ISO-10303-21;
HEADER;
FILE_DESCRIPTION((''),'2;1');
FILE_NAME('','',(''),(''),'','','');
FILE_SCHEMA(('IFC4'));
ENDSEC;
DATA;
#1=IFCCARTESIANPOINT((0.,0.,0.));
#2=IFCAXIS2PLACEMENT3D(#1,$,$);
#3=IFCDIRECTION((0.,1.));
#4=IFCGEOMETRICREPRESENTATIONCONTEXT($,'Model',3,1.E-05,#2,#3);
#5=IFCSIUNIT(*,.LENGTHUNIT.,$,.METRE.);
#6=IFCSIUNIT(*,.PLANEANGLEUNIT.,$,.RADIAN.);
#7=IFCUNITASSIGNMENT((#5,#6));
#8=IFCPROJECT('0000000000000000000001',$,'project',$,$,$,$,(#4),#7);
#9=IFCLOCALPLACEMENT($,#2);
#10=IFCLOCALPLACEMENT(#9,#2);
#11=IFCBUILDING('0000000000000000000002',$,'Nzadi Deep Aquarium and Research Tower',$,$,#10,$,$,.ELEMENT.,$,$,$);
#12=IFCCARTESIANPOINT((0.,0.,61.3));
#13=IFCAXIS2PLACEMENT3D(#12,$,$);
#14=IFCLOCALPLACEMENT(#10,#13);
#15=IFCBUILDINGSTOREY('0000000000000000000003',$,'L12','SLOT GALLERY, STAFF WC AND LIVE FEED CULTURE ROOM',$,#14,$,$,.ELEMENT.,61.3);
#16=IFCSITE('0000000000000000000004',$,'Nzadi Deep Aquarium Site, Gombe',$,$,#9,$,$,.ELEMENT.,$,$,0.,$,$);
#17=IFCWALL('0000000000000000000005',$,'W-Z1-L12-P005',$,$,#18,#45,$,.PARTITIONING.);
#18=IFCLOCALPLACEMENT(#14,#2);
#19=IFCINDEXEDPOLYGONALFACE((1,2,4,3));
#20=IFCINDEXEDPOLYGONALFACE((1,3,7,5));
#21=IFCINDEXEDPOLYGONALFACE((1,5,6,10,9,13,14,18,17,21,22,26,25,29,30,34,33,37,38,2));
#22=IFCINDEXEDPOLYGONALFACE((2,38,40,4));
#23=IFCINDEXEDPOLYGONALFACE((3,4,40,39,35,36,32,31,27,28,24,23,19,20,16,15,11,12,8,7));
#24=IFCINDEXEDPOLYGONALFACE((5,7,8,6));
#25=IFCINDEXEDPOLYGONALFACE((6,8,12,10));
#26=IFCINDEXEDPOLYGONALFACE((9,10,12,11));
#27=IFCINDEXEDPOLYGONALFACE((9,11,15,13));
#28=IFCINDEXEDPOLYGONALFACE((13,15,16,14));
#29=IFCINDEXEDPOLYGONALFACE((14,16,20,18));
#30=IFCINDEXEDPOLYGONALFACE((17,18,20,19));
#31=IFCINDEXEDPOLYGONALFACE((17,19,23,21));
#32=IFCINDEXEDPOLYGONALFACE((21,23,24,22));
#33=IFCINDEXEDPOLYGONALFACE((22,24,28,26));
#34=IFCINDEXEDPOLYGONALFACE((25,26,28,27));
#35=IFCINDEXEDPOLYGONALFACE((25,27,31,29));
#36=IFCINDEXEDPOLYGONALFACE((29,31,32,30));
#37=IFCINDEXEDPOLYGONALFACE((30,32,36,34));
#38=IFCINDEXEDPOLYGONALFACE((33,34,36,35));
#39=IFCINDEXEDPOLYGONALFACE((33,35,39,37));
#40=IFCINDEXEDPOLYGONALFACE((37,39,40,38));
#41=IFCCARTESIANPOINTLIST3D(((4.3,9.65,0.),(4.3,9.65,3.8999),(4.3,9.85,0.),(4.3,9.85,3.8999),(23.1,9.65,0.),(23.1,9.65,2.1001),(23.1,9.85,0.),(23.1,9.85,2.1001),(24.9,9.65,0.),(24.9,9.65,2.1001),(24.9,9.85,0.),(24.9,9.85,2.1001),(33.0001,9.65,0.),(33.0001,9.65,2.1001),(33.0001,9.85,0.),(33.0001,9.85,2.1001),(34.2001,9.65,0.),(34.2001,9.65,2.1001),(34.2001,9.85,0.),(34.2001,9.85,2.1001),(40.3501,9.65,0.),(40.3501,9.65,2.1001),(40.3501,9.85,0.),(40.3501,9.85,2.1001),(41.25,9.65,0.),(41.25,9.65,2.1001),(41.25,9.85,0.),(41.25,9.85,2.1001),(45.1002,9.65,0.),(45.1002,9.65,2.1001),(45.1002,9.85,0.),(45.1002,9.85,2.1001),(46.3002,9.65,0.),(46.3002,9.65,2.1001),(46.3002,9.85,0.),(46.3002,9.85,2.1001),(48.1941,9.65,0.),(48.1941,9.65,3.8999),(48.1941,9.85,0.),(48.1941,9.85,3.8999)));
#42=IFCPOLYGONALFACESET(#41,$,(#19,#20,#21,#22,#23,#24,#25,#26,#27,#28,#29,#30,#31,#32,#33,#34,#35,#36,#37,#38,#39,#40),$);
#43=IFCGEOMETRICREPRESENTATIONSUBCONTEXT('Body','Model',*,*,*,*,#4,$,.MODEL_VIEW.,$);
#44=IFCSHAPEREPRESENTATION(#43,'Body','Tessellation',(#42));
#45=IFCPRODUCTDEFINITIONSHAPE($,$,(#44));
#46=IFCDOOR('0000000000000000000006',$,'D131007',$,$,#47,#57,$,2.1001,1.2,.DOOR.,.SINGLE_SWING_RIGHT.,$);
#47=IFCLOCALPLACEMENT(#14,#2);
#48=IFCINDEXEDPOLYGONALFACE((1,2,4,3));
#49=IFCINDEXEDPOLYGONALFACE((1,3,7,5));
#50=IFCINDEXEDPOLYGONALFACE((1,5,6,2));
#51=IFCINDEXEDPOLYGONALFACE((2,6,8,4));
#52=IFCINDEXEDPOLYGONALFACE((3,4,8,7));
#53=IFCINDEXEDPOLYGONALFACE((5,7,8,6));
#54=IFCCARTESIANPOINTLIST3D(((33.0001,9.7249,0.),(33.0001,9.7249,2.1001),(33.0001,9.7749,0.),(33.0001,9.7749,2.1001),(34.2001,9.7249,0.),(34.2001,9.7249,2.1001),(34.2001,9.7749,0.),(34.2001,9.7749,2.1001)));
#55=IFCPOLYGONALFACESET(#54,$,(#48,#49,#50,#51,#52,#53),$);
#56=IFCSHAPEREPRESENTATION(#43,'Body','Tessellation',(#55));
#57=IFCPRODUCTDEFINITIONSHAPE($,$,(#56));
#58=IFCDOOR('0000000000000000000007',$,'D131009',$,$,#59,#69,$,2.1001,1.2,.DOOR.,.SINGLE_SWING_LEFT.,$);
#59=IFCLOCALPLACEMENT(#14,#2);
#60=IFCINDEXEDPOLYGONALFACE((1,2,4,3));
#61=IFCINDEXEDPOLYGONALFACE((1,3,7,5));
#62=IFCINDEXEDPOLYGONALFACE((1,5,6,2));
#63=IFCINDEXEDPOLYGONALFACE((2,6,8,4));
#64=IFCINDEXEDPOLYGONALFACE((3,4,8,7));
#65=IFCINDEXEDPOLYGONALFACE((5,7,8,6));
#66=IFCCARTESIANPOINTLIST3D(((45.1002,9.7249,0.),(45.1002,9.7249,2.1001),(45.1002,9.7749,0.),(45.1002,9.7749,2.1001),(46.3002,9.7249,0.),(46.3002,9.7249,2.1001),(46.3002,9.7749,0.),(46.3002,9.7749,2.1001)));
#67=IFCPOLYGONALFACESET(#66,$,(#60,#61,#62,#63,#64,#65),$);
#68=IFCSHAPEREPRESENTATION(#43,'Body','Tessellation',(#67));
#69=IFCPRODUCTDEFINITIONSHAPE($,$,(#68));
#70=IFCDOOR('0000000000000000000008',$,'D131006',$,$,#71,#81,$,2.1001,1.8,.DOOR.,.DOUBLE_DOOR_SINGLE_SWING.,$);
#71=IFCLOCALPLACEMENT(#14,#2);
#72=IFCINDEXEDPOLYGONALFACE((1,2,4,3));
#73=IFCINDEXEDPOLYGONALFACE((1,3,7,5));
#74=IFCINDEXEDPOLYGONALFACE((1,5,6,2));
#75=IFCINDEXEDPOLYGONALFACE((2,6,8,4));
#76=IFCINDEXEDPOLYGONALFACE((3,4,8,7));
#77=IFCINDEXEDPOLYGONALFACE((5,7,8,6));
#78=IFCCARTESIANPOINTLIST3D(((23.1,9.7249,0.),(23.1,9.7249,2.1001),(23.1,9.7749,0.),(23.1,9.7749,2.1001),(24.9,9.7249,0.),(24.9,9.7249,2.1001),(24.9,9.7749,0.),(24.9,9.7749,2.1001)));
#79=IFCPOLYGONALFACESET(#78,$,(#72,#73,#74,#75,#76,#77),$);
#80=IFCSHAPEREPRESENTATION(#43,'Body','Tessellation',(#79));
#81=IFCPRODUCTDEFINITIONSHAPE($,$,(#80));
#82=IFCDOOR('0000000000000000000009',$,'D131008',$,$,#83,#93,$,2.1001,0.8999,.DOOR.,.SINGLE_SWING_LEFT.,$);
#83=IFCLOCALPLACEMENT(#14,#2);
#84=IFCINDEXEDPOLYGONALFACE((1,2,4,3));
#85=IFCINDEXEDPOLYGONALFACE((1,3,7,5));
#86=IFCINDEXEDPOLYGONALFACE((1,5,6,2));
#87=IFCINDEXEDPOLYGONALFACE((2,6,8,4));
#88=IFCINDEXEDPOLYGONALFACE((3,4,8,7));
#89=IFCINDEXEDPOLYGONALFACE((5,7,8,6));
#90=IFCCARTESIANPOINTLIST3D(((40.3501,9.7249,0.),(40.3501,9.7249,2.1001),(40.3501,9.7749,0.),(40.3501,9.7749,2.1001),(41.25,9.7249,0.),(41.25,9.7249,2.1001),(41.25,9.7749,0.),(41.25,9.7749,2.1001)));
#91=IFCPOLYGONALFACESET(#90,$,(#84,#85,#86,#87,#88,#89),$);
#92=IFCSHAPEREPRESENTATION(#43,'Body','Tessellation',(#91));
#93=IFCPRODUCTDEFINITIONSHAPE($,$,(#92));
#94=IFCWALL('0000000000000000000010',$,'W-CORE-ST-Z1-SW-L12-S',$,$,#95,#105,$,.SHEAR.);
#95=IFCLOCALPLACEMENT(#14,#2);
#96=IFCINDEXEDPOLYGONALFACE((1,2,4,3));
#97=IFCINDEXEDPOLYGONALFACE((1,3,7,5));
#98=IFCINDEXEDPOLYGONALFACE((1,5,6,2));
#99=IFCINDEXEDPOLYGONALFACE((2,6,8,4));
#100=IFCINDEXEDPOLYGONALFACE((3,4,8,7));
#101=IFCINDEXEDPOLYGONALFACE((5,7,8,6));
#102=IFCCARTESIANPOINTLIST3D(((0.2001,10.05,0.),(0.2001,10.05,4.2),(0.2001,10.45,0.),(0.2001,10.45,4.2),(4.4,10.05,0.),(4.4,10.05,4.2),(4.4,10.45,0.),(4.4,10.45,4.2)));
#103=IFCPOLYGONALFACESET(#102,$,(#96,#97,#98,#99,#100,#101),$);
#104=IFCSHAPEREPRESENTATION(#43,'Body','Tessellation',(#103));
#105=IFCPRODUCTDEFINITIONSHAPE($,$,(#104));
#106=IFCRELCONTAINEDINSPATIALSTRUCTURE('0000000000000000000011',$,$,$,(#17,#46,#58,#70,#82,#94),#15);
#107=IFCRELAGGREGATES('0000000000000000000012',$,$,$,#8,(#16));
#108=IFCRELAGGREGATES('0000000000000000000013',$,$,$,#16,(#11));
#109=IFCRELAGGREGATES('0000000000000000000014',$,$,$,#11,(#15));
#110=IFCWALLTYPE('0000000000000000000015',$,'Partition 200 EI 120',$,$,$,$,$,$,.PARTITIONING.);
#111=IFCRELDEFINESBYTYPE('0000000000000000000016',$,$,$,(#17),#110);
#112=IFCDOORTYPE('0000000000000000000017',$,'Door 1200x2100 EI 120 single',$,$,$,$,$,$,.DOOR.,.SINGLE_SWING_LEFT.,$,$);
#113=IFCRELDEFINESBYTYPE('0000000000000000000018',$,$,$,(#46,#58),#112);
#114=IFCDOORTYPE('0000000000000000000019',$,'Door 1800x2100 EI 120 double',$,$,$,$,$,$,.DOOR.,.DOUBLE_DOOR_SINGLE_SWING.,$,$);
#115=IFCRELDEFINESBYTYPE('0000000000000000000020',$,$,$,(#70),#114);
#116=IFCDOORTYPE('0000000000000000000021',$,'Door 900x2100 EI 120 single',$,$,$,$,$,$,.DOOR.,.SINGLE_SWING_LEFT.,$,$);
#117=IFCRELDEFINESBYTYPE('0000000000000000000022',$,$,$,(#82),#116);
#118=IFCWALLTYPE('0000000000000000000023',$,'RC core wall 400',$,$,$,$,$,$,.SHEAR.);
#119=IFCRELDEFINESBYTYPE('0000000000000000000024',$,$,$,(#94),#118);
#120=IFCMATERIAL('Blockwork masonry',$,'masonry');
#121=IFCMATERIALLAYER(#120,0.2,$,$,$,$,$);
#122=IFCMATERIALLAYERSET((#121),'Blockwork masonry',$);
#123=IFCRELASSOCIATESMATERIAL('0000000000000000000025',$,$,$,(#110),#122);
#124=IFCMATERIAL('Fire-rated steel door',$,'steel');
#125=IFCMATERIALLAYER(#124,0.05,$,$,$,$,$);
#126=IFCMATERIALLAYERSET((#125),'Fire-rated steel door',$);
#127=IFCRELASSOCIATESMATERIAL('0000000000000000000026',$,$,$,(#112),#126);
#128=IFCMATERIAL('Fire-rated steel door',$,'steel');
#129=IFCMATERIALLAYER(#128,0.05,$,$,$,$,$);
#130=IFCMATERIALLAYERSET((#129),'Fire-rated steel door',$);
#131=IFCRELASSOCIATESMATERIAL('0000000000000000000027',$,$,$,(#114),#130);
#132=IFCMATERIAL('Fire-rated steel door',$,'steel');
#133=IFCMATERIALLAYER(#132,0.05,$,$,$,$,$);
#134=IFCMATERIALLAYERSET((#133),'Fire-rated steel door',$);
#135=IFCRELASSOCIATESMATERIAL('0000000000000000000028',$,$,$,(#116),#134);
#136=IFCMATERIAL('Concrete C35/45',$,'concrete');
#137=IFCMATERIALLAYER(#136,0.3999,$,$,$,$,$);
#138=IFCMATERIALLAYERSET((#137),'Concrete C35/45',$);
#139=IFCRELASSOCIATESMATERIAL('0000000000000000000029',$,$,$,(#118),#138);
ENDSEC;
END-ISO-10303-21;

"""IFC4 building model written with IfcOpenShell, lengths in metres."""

from ifc_helpers import new_model, si_unit, direction, frame, frame_2d, origin, place, context, subcontext, project, spatial, rectangle, extrude, material, layer, layer_set, type_object, element, fill, save


model = new_model("IFC4")

# Units and contexts
model_context = context("Model", 3, precision=1e-05, world=origin(), true_north=direction((0.0, 1.0)))
body_context = subcontext(model_context, "Body", "Model", "MODEL_VIEW")
ifc_project = project(units=[si_unit("LENGTHUNIT", "METRE"), si_unit("PLANEANGLEUNIT", "RADIAN")], contexts=[model_context])

# Site, building, storey
site_placement = place(None, origin())
site = spatial("IfcSite", under=ifc_project, at=site_placement, Name="Nzadi Deep Aquarium Site, Gombe", CompositionType="ELEMENT", RefElevation=0.0)
building_placement = place(site_placement, origin())
building = spatial("IfcBuilding", under=site, at=building_placement, Name="Nzadi Deep Aquarium and Research Tower", CompositionType="ELEMENT")
storey_placement = place(building_placement, frame((0.0, 0.0, 61.3)))
storey = spatial("IfcBuildingStorey", under=building, at=storey_placement, Name="L12", Description="SLOT GALLERY, STAFF WC AND LIVE FEED CULTURE ROOM", CompositionType="ELEMENT", Elevation=61.3)

# Wall, openings, doors
ifc_material_1 = material(Name="Blockwork masonry", Category="masonry")
ifc_layer_1 = layer(ifc_material_1, 0.2)
ifc_layer_set_1 = layer_set([ifc_layer_1], Name="Blockwork masonry")
wall_type_1 = type_object("IfcWallType", Name="Partition 200 EI 120", PredefinedType="PARTITIONING", material=ifc_layer_set_1)
wall_1_placement = place(storey_placement, frame((4.3, 9.75, 0.0), z_axis=(0.0, 0.0, 1.0), x_axis=(1.0, 0.0, 0.0)))
wall_1 = element("IfcWall", 1, at=wall_1_placement, inside=storey, type_object=wall_type_1, Name="W-Z1-L12-P005", PredefinedType="PARTITIONING", context=body_context, shape_type="SweptSolid", body=[
    extrude(rectangle(XDim=43.894, YDim=0.2, at=frame_2d((21.947, 0.0))), origin(), (0.0, 0.0, 1.0), 3.8999),
])
opening_1_placement = place(wall_1_placement, frame((18.8, 0.0, 0.0)))
opening_1 = element("IfcOpeningElement", 2, at=opening_1_placement, cuts=wall_1, PredefinedType="OPENING", context=body_context, shape_type="SweptSolid", body=[
    extrude(rectangle(XDim=1.8, YDim=2.1001, at=frame_2d((0.8999, 1.05))), frame((0.0, 0.1101, 0.0), z_axis=(0.0, -1.0, 0.0), x_axis=(1.0, 0.0, 0.0)), (0.0, 0.0, 1.0), 0.2202),
])
opening_2_placement = place(wall_1_placement, frame((28.7, 0.0, 0.0)))
opening_2 = element("IfcOpeningElement", 3, at=opening_2_placement, cuts=wall_1, PredefinedType="OPENING", context=body_context, shape_type="SweptSolid", body=[
    extrude(rectangle(XDim=1.2, YDim=2.1001, at=frame_2d((0.6001, 1.05))), frame((0.0, 0.1101, 0.0), z_axis=(0.0, -1.0, 0.0), x_axis=(1.0, 0.0, 0.0)), (0.0, 0.0, 1.0), 0.2202),
])
opening_3_placement = place(wall_1_placement, frame((36.05, 0.0, 0.0)))
opening_3 = element("IfcOpeningElement", 4, at=opening_3_placement, cuts=wall_1, PredefinedType="OPENING", context=body_context, shape_type="SweptSolid", body=[
    extrude(rectangle(XDim=0.8999, YDim=2.1001, at=frame_2d((0.45, 1.05))), frame((0.0, 0.1101, 0.0), z_axis=(0.0, -1.0, 0.0), x_axis=(1.0, 0.0, 0.0)), (0.0, 0.0, 1.0), 0.2202),
])
opening_4_placement = place(wall_1_placement, frame((40.8, 0.0, 0.0)))
opening_4 = element("IfcOpeningElement", 5, at=opening_4_placement, cuts=wall_1, PredefinedType="OPENING", context=body_context, shape_type="SweptSolid", body=[
    extrude(rectangle(XDim=1.2, YDim=2.1001, at=frame_2d((0.6001, 1.05))), frame((0.0, 0.1101, 0.0), z_axis=(0.0, -1.0, 0.0), x_axis=(1.0, 0.0, 0.0)), (0.0, 0.0, 1.0), 0.2202),
])
ifc_material_2 = material(Name="Fire-rated steel door", Category="steel")
ifc_layer_2 = layer(ifc_material_2, 0.05)
ifc_layer_set_2 = layer_set([ifc_layer_2], Name="Fire-rated steel door")
door_type_1 = type_object("IfcDoorType", Name="Door 1200x2100 EI 120 single", OperationType="SINGLE_SWING_LEFT", PredefinedType="DOOR", material=ifc_layer_set_2)
door_1_placement = place(opening_2_placement, origin())
door_1 = element("IfcDoor", 6, at=door_1_placement, inside=storey, type_object=door_type_1, Name="D131007", OperationType="SINGLE_SWING_RIGHT", OverallHeight=2.1001, OverallWidth=1.2, PredefinedType="DOOR", context=body_context, shape_type="SweptSolid", body=[
    extrude(rectangle(XDim=1.2, YDim=2.1001, at=frame_2d((0.6001, 1.05))), frame((0.0, 0.0249, 0.0), z_axis=(0.0, -1.0, 0.0), x_axis=(1.0, 0.0, 0.0)), (0.0, 0.0, 1.0), 0.05),
])
fill(opening_2, door_1)
door_2_placement = place(opening_4_placement, origin())
door_2 = element("IfcDoor", 7, at=door_2_placement, inside=storey, type_object=door_type_1, Name="D131009", OperationType="SINGLE_SWING_LEFT", OverallHeight=2.1001, OverallWidth=1.2, PredefinedType="DOOR", context=body_context, shape_type="SweptSolid", body=[
    extrude(rectangle(XDim=1.2, YDim=2.1001, at=frame_2d((0.6001, 1.05))), frame((0.0, 0.0249, 0.0), z_axis=(0.0, -1.0, 0.0), x_axis=(1.0, 0.0, 0.0)), (0.0, 0.0, 1.0), 0.05),
])
fill(opening_4, door_2)
ifc_material_3 = material(Name="Fire-rated steel door", Category="steel")
ifc_layer_3 = layer(ifc_material_3, 0.05)
ifc_layer_set_3 = layer_set([ifc_layer_3], Name="Fire-rated steel door")
door_type_2 = type_object("IfcDoorType", Name="Door 1800x2100 EI 120 double", OperationType="DOUBLE_DOOR_SINGLE_SWING", PredefinedType="DOOR", material=ifc_layer_set_3)
door_3_placement = place(opening_1_placement, origin())
door_3 = element("IfcDoor", 8, at=door_3_placement, inside=storey, type_object=door_type_2, Name="D131006", OperationType="DOUBLE_DOOR_SINGLE_SWING", OverallHeight=2.1001, OverallWidth=1.8, PredefinedType="DOOR", context=body_context, shape_type="SweptSolid", body=[
    extrude(rectangle(XDim=1.8, YDim=2.1001, at=frame_2d((0.8999, 1.05))), frame((0.0, 0.0249, 0.0), z_axis=(0.0, -1.0, 0.0), x_axis=(1.0, 0.0, 0.0)), (0.0, 0.0, 1.0), 0.05),
])
fill(opening_1, door_3)
ifc_material_4 = material(Name="Fire-rated steel door", Category="steel")
ifc_layer_4 = layer(ifc_material_4, 0.05)
ifc_layer_set_4 = layer_set([ifc_layer_4], Name="Fire-rated steel door")
door_type_3 = type_object("IfcDoorType", Name="Door 900x2100 EI 120 single", OperationType="SINGLE_SWING_LEFT", PredefinedType="DOOR", material=ifc_layer_set_4)
door_4_placement = place(opening_3_placement, origin())
door_4 = element("IfcDoor", 9, at=door_4_placement, inside=storey, type_object=door_type_3, Name="D131008", OperationType="SINGLE_SWING_LEFT", OverallHeight=2.1001, OverallWidth=0.8999, PredefinedType="DOOR", context=body_context, shape_type="SweptSolid", body=[
    extrude(rectangle(XDim=0.8999, YDim=2.1001, at=frame_2d((0.45, 1.05))), frame((0.0, 0.0249, 0.0), z_axis=(0.0, -1.0, 0.0), x_axis=(1.0, 0.0, 0.0)), (0.0, 0.0, 1.0), 0.05),
])
fill(opening_3, door_4)

# Wall
ifc_material_5 = material(Name="Concrete C35/45", Category="concrete")
ifc_layer_5 = layer(ifc_material_5, 0.3999)
ifc_layer_set_5 = layer_set([ifc_layer_5], Name="Concrete C35/45")
wall_type_2 = type_object("IfcWallType", Name="RC core wall 400", PredefinedType="SHEAR", material=ifc_layer_set_5)
wall_2_placement = place(storey_placement, frame((0.2, 10.25, 0.0), z_axis=(0.0, 0.0, 1.0), x_axis=(1.0, 0.0, 0.0)))
element("IfcWall", 10, at=wall_2_placement, inside=storey, type_object=wall_type_2, Name="W-CORE-ST-Z1-SW-L12-S", PredefinedType="SHEAR", context=body_context, shape_type="SweptSolid", body=[
    extrude(rectangle(XDim=4.2, YDim=0.3999, at=frame_2d((2.1001, 0.0))), origin(), (0.0, 0.0, 1.0), 4.2),
])

save(model, "model.ifc")
